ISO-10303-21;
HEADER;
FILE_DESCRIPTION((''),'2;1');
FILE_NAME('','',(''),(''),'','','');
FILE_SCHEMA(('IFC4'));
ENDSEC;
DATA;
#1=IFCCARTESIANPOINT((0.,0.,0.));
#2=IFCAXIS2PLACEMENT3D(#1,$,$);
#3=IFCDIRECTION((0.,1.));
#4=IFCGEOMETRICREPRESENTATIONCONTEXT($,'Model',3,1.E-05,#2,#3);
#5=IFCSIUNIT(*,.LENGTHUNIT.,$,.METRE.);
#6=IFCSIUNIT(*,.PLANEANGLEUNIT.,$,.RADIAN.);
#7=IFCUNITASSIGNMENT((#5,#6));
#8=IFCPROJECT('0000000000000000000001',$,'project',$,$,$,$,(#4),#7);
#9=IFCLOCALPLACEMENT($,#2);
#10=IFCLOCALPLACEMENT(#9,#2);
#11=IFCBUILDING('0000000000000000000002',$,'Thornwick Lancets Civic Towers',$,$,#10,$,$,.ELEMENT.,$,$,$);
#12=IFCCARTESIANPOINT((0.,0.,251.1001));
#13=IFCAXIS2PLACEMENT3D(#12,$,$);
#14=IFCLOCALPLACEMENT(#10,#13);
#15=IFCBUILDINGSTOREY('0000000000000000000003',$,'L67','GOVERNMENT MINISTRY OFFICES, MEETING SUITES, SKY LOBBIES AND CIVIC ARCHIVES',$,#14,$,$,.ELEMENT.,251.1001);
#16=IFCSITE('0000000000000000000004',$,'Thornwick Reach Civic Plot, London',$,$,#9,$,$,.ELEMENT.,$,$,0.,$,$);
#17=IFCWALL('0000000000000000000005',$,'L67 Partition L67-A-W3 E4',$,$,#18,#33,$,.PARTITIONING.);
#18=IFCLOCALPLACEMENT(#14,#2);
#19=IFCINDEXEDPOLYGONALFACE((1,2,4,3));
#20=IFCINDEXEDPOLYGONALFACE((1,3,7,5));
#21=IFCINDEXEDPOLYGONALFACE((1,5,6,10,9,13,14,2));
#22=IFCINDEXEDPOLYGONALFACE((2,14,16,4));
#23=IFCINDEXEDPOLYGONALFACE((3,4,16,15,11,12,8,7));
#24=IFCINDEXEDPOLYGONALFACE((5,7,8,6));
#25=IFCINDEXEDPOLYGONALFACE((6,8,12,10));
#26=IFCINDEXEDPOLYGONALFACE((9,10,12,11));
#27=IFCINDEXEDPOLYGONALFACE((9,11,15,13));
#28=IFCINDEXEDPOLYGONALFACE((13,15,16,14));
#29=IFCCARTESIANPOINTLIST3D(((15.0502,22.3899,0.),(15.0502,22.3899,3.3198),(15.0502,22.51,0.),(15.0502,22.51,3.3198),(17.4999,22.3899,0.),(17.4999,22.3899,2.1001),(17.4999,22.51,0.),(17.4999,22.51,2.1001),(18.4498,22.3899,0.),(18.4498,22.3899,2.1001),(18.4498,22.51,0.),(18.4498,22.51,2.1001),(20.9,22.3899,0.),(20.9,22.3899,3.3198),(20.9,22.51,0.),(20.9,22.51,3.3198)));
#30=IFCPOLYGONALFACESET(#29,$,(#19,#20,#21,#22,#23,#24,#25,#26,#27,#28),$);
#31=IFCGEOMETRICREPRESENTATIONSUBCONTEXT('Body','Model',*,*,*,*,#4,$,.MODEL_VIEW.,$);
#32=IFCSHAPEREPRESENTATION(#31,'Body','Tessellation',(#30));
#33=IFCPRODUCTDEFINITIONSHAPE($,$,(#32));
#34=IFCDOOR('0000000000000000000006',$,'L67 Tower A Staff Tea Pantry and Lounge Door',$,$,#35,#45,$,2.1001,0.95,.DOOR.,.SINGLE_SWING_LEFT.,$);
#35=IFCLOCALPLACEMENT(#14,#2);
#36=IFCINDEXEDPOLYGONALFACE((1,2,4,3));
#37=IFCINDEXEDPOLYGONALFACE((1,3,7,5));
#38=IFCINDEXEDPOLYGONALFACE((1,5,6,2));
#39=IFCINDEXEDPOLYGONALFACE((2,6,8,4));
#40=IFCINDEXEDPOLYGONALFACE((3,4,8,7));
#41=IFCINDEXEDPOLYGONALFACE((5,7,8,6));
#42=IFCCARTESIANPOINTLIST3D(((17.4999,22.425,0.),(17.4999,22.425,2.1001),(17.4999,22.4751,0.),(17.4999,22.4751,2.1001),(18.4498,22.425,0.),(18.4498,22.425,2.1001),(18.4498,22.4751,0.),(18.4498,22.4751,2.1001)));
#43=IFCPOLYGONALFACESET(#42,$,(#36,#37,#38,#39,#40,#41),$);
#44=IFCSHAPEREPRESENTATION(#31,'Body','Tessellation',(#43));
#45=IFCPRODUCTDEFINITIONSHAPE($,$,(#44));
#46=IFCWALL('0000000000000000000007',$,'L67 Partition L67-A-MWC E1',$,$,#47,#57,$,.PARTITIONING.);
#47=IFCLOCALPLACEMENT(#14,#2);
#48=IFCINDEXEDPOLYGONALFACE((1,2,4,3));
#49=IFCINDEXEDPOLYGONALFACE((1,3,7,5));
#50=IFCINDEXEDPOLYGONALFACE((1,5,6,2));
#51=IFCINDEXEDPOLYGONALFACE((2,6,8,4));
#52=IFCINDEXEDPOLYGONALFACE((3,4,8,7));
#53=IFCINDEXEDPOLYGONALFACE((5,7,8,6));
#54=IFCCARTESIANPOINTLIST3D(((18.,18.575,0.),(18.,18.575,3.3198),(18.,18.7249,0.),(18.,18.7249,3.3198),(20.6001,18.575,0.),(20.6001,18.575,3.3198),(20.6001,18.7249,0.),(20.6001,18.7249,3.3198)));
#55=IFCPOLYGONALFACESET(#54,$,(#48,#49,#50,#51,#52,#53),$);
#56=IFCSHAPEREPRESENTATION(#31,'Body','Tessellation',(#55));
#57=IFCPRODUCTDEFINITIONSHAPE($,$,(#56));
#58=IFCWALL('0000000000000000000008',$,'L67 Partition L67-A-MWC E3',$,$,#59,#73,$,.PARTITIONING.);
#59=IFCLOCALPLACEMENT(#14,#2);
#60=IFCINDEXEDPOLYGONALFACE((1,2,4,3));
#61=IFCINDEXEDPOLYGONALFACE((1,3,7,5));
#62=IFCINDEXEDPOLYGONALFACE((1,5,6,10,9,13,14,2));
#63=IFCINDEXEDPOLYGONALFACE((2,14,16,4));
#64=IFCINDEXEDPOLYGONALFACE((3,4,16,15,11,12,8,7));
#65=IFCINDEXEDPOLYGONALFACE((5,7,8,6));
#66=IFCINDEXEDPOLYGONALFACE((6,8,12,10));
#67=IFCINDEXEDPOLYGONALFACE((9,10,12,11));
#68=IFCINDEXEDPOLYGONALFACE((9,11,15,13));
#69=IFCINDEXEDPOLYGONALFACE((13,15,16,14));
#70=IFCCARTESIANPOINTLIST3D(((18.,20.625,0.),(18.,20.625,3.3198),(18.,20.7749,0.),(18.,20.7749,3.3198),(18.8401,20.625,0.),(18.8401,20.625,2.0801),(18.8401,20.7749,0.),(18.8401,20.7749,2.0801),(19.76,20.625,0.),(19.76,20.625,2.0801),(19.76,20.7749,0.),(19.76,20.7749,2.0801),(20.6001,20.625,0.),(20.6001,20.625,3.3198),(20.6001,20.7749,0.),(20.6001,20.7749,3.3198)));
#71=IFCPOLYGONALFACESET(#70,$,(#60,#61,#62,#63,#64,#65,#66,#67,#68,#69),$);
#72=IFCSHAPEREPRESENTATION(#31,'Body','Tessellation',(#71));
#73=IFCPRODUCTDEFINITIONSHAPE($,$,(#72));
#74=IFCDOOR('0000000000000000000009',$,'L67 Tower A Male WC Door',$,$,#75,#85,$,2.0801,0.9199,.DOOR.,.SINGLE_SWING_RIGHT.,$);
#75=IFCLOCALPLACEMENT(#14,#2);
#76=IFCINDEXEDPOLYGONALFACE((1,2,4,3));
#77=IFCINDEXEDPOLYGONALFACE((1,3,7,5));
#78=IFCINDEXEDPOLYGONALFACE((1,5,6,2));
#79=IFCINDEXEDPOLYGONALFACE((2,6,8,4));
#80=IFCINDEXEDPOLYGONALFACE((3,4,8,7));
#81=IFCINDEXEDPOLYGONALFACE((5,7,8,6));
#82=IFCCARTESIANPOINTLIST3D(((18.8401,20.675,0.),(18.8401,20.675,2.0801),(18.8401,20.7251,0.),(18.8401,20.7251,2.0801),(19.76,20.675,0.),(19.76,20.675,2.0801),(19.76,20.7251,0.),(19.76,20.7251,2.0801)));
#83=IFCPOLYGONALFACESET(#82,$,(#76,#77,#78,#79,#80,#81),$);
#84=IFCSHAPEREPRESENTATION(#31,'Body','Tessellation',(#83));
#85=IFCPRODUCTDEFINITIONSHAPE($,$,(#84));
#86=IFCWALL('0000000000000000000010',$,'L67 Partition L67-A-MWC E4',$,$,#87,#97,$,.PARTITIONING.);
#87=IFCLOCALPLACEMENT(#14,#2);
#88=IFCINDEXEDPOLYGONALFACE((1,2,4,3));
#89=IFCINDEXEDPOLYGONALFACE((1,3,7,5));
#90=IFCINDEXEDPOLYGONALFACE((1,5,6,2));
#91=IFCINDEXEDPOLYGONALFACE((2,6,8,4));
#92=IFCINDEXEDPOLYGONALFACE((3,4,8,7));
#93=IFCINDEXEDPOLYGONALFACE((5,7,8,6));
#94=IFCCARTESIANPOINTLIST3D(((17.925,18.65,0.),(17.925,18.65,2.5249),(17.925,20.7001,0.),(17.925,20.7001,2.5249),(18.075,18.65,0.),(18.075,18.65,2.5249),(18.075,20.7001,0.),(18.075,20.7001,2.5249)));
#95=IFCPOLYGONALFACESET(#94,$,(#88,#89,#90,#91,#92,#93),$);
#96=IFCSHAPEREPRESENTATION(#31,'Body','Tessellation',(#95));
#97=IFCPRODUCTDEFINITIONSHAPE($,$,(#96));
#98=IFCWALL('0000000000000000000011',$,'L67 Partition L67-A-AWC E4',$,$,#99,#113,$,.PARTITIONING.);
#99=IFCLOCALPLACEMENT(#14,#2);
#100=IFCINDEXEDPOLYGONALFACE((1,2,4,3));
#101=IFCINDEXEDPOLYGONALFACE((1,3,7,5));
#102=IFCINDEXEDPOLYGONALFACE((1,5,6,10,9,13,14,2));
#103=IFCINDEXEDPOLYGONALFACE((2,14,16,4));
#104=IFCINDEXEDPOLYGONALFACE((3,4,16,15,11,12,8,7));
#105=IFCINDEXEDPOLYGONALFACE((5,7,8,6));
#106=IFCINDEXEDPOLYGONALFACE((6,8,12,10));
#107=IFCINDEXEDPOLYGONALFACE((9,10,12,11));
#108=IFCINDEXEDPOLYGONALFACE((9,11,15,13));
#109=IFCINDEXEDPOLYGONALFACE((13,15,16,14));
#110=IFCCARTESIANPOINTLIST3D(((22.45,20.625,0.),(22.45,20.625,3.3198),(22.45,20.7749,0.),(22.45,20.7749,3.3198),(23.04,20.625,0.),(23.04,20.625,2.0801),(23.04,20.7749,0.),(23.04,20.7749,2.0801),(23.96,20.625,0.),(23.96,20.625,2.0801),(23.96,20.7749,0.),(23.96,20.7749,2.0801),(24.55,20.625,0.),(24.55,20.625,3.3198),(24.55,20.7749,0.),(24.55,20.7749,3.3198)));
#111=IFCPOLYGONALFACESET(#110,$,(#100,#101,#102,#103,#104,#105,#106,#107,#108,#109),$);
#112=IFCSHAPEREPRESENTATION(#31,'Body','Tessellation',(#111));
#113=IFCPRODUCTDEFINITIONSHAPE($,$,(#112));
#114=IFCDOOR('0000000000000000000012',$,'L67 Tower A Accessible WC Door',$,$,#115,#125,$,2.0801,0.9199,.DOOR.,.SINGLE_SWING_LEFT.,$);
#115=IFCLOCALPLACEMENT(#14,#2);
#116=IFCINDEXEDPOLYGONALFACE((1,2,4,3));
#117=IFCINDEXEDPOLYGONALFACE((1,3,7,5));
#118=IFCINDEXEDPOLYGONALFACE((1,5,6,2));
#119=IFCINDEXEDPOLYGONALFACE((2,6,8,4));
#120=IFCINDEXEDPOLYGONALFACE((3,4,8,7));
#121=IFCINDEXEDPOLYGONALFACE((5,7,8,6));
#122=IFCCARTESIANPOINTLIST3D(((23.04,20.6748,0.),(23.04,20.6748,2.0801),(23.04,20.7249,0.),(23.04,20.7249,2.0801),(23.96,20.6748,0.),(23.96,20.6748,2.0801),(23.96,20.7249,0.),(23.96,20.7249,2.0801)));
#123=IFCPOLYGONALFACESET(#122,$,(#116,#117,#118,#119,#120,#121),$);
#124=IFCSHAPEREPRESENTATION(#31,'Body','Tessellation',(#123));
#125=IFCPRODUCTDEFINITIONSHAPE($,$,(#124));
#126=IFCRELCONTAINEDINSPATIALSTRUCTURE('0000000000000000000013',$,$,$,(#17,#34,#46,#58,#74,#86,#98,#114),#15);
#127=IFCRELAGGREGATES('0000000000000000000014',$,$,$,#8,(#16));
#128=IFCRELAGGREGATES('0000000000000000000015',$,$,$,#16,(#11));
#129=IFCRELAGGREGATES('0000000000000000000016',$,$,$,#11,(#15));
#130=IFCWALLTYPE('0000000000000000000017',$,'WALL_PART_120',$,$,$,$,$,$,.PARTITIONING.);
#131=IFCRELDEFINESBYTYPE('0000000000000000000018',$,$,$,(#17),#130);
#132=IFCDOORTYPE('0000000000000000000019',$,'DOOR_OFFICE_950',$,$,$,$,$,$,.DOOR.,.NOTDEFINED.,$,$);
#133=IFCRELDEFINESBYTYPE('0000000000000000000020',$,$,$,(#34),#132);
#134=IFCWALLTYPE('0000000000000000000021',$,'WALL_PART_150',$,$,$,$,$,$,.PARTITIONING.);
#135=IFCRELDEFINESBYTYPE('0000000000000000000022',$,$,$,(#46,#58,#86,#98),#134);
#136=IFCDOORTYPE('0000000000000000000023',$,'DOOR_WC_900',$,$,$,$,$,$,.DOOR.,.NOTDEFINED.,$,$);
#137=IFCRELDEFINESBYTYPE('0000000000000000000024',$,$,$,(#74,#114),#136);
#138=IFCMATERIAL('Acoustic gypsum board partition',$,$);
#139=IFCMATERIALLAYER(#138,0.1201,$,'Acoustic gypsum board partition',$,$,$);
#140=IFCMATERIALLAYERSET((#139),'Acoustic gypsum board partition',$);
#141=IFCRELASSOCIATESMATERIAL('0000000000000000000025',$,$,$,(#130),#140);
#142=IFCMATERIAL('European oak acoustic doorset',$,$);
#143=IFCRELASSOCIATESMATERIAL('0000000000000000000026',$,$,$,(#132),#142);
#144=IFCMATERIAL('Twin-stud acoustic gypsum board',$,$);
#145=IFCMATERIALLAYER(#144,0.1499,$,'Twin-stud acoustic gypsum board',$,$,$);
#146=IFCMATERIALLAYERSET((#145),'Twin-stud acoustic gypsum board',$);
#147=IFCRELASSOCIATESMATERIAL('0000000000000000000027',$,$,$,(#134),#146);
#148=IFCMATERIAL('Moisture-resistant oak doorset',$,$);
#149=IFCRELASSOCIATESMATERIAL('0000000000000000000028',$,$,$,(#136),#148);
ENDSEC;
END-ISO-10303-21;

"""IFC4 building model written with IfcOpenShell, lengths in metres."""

from ifc_helpers import new_model, si_unit, direction, frame, frame_2d, origin, place, context, subcontext, project, spatial, rectangle, extrude, material, layer, layer_set, type_object, element, fill, save


model = new_model("IFC4")

# Units and contexts
model_context = context("Model", 3, precision=1e-05, world=origin(), true_north=direction((0.0, 1.0)))
body_context = subcontext(model_context, "Body", "Model", "MODEL_VIEW")
ifc_project = project(units=[si_unit("LENGTHUNIT", "METRE"), si_unit("PLANEANGLEUNIT", "RADIAN")], contexts=[model_context])

# Site, building, storey
site_placement = place(None, origin())
site = spatial("IfcSite", under=ifc_project, at=site_placement, Name="Thornwick Reach Civic Plot, London", CompositionType="ELEMENT", RefElevation=0.0)
building_placement = place(site_placement, origin())
building = spatial("IfcBuilding", under=site, at=building_placement, Name="Thornwick Lancets Civic Towers", CompositionType="ELEMENT")
storey_placement = place(building_placement, frame((0.0, 0.0, 251.1001)))
storey = spatial("IfcBuildingStorey", under=building, at=storey_placement, Name="L67", Description="GOVERNMENT MINISTRY OFFICES, MEETING SUITES, SKY LOBBIES AND CIVIC ARCHIVES", CompositionType="ELEMENT", Elevation=251.1001)

# Shared definitions
ifc_material_1 = material(Name="Acoustic gypsum board partition")
ifc_layer_1 = layer(ifc_material_1, 0.1201, Name="Acoustic gypsum board partition")
ifc_layer_set_1 = layer_set([ifc_layer_1], Name="Acoustic gypsum board partition")
wall_type_1 = type_object("IfcWallType", Name="WALL_PART_120", PredefinedType="PARTITIONING", material=ifc_layer_set_1)

# Wall, opening, door
wall_1_placement = place(storey_placement, frame((20.8999, 22.45, 0.0), z_axis=(0.0, 0.0, 1.0), x_axis=(-1.0, 0.0, 0.0)))
wall_1 = element("IfcWall", 1, at=wall_1_placement, inside=storey, type_object=wall_type_1, Name="L67 Partition L67-A-W3 E4", PredefinedType="PARTITIONING", context=body_context, shape_type="SweptSolid", body=[
    extrude(rectangle(XDim=5.8499, YDim=0.1201, at=frame_2d((2.9248, 0.0))), origin(), (0.0, 0.0, 1.0), 3.3198),
])
opening_1_placement = place(wall_1_placement, frame((2.45, 0.0, 0.0)))
opening_1 = element("IfcOpeningElement", 2, at=opening_1_placement, cuts=wall_1, PredefinedType="OPENING", context=body_context, shape_type="SweptSolid", body=[
    extrude(rectangle(XDim=0.95, YDim=2.1001, at=frame_2d((0.4751, 1.05))), frame((0.0, 0.0701, 0.0), z_axis=(0.0, -1.0, 0.0), x_axis=(1.0, 0.0, 0.0)), (0.0, 0.0, 1.0), 0.1401),
])
ifc_material_2 = material(Name="European oak acoustic doorset")
door_type_1 = type_object("IfcDoorType", Name="DOOR_OFFICE_950", OperationType="NOTDEFINED", PredefinedType="DOOR", material=ifc_material_2)
door_1_placement = place(opening_1_placement, origin())
door_1 = element("IfcDoor", 3, at=door_1_placement, inside=storey, type_object=door_type_1, Name="L67 Tower A Staff Tea Pantry and Lounge Door", OperationType="SINGLE_SWING_LEFT", OverallHeight=2.1001, OverallWidth=0.95, PredefinedType="DOOR", context=body_context, shape_type="SweptSolid", body=[
    extrude(rectangle(XDim=0.95, YDim=2.1001, at=frame_2d((0.4751, 1.05))), frame((0.0, 0.0249, 0.0), z_axis=(0.0, -1.0, 0.0), x_axis=(1.0, 0.0, 0.0)), (0.0, 0.0, 1.0), 0.05),
])
fill(opening_1, door_1)

# Wall
ifc_material_3 = material(Name="Twin-stud acoustic gypsum board")
ifc_layer_2 = layer(ifc_material_3, 0.1499, Name="Twin-stud acoustic gypsum board")
ifc_layer_set_2 = layer_set([ifc_layer_2], Name="Twin-stud acoustic gypsum board")
wall_type_2 = type_object("IfcWallType", Name="WALL_PART_150", PredefinedType="PARTITIONING", material=ifc_layer_set_2)
wall_2_placement = place(storey_placement, frame((18.0, 18.6499, 0.0), z_axis=(0.0, 0.0, 1.0), x_axis=(1.0, 0.0, 0.0)))
element("IfcWall", 4, at=wall_2_placement, inside=storey, type_object=wall_type_2, Name="L67 Partition L67-A-MWC E1", PredefinedType="PARTITIONING", context=body_context, shape_type="SweptSolid", body=[
    extrude(rectangle(XDim=2.6001, YDim=0.1499, at=frame_2d((1.3, 0.0))), origin(), (0.0, 0.0, 1.0), 3.3198),
])

# Wall, opening, door
wall_3_placement = place(storey_placement, frame((20.6001, 20.7, 0.0), z_axis=(0.0, 0.0, 1.0), x_axis=(-1.0, 0.0, 0.0)))
wall_3 = element("IfcWall", 5, at=wall_3_placement, inside=storey, type_object=wall_type_2, Name="L67 Partition L67-A-MWC E3", PredefinedType="PARTITIONING", context=body_context, shape_type="SweptSolid", body=[
    extrude(rectangle(XDim=2.6001, YDim=0.1499, at=frame_2d((1.3, 0.0))), origin(), (0.0, 0.0, 1.0), 3.3198),
])
opening_2_placement = place(wall_3_placement, frame((0.8401, 0.0, 0.0)))
opening_2 = element("IfcOpeningElement", 6, at=opening_2_placement, cuts=wall_3, PredefinedType="OPENING", context=body_context, shape_type="SweptSolid", body=[
    extrude(rectangle(XDim=0.9199, YDim=2.0801, at=frame_2d((0.46, 1.04))), frame((0.0, 0.085, 0.0), z_axis=(0.0, -1.0, 0.0), x_axis=(1.0, 0.0, 0.0)), (0.0, 0.0, 1.0), 0.1699),
])
ifc_material_4 = material(Name="Moisture-resistant oak doorset")
door_type_2 = type_object("IfcDoorType", Name="DOOR_WC_900", OperationType="NOTDEFINED", PredefinedType="DOOR", material=ifc_material_4)
door_2_placement = place(opening_2_placement, origin())
door_2 = element("IfcDoor", 7, at=door_2_placement, inside=storey, type_object=door_type_2, Name="L67 Tower A Male WC Door", OperationType="SINGLE_SWING_RIGHT", OverallHeight=2.0801, OverallWidth=0.9199, PredefinedType="DOOR", context=body_context, shape_type="SweptSolid", body=[
    extrude(rectangle(XDim=0.9199, YDim=2.0801, at=frame_2d((0.46, 1.04))), frame((0.0, 0.0249, 0.0), z_axis=(0.0, -1.0, 0.0), x_axis=(1.0, 0.0, 0.0)), (0.0, 0.0, 1.0), 0.05),
])
fill(opening_2, door_2)

# Wall
wall_4_placement = place(storey_placement, frame((18.0, 20.7, 0.0), z_axis=(0.0, 0.0, 1.0), x_axis=(0.0, -1.0, 0.0)))
element("IfcWall", 8, at=wall_4_placement, inside=storey, type_object=wall_type_2, Name="L67 Partition L67-A-MWC E4", PredefinedType="PARTITIONING", context=body_context, shape_type="SweptSolid", body=[
    extrude(rectangle(XDim=2.05, YDim=0.1499, at=frame_2d((1.0249, 0.0))), origin(), (0.0, 0.0, 1.0), 2.5249),
])

# Wall, opening, door
wall_5_placement = place(storey_placement, frame((22.45, 20.7, 0.0), z_axis=(0.0, 0.0, 1.0), x_axis=(1.0, 0.0, 0.0)))
wall_5 = element("IfcWall", 9, at=wall_5_placement, inside=storey, type_object=wall_type_2, Name="L67 Partition L67-A-AWC E4", PredefinedType="PARTITIONING", context=body_context, shape_type="SweptSolid", body=[
    extrude(rectangle(XDim=2.1001, YDim=0.1499, at=frame_2d((1.05, 0.0))), origin(), (0.0, 0.0, 1.0), 3.3198),
])
opening_3_placement = place(wall_5_placement, frame((0.5901, 0.0, 0.0)))
opening_3 = element("IfcOpeningElement", 10, at=opening_3_placement, cuts=wall_5, PredefinedType="OPENING", context=body_context, shape_type="SweptSolid", body=[
    extrude(rectangle(XDim=0.9199, YDim=2.0801, at=frame_2d((0.46, 1.04))), frame((0.0, 0.085, 0.0), z_axis=(0.0, -1.0, 0.0), x_axis=(1.0, 0.0, 0.0)), (0.0, 0.0, 1.0), 0.1699),
])
door_3_placement = place(opening_3_placement, origin())
door_3 = element("IfcDoor", 11, at=door_3_placement, inside=storey, type_object=door_type_2, Name="L67 Tower A Accessible WC Door", OperationType="SINGLE_SWING_LEFT", OverallHeight=2.0801, OverallWidth=0.9199, PredefinedType="DOOR", context=body_context, shape_type="SweptSolid", body=[
    extrude(rectangle(XDim=0.9199, YDim=2.0801, at=frame_2d((0.46, 1.04))), frame((0.0, 0.0249, 0.0), z_axis=(0.0, -1.0, 0.0), x_axis=(1.0, 0.0, 0.0)), (0.0, 0.0, 1.0), 0.05),
])
fill(opening_3, door_3)

save(model, "model.ifc")
